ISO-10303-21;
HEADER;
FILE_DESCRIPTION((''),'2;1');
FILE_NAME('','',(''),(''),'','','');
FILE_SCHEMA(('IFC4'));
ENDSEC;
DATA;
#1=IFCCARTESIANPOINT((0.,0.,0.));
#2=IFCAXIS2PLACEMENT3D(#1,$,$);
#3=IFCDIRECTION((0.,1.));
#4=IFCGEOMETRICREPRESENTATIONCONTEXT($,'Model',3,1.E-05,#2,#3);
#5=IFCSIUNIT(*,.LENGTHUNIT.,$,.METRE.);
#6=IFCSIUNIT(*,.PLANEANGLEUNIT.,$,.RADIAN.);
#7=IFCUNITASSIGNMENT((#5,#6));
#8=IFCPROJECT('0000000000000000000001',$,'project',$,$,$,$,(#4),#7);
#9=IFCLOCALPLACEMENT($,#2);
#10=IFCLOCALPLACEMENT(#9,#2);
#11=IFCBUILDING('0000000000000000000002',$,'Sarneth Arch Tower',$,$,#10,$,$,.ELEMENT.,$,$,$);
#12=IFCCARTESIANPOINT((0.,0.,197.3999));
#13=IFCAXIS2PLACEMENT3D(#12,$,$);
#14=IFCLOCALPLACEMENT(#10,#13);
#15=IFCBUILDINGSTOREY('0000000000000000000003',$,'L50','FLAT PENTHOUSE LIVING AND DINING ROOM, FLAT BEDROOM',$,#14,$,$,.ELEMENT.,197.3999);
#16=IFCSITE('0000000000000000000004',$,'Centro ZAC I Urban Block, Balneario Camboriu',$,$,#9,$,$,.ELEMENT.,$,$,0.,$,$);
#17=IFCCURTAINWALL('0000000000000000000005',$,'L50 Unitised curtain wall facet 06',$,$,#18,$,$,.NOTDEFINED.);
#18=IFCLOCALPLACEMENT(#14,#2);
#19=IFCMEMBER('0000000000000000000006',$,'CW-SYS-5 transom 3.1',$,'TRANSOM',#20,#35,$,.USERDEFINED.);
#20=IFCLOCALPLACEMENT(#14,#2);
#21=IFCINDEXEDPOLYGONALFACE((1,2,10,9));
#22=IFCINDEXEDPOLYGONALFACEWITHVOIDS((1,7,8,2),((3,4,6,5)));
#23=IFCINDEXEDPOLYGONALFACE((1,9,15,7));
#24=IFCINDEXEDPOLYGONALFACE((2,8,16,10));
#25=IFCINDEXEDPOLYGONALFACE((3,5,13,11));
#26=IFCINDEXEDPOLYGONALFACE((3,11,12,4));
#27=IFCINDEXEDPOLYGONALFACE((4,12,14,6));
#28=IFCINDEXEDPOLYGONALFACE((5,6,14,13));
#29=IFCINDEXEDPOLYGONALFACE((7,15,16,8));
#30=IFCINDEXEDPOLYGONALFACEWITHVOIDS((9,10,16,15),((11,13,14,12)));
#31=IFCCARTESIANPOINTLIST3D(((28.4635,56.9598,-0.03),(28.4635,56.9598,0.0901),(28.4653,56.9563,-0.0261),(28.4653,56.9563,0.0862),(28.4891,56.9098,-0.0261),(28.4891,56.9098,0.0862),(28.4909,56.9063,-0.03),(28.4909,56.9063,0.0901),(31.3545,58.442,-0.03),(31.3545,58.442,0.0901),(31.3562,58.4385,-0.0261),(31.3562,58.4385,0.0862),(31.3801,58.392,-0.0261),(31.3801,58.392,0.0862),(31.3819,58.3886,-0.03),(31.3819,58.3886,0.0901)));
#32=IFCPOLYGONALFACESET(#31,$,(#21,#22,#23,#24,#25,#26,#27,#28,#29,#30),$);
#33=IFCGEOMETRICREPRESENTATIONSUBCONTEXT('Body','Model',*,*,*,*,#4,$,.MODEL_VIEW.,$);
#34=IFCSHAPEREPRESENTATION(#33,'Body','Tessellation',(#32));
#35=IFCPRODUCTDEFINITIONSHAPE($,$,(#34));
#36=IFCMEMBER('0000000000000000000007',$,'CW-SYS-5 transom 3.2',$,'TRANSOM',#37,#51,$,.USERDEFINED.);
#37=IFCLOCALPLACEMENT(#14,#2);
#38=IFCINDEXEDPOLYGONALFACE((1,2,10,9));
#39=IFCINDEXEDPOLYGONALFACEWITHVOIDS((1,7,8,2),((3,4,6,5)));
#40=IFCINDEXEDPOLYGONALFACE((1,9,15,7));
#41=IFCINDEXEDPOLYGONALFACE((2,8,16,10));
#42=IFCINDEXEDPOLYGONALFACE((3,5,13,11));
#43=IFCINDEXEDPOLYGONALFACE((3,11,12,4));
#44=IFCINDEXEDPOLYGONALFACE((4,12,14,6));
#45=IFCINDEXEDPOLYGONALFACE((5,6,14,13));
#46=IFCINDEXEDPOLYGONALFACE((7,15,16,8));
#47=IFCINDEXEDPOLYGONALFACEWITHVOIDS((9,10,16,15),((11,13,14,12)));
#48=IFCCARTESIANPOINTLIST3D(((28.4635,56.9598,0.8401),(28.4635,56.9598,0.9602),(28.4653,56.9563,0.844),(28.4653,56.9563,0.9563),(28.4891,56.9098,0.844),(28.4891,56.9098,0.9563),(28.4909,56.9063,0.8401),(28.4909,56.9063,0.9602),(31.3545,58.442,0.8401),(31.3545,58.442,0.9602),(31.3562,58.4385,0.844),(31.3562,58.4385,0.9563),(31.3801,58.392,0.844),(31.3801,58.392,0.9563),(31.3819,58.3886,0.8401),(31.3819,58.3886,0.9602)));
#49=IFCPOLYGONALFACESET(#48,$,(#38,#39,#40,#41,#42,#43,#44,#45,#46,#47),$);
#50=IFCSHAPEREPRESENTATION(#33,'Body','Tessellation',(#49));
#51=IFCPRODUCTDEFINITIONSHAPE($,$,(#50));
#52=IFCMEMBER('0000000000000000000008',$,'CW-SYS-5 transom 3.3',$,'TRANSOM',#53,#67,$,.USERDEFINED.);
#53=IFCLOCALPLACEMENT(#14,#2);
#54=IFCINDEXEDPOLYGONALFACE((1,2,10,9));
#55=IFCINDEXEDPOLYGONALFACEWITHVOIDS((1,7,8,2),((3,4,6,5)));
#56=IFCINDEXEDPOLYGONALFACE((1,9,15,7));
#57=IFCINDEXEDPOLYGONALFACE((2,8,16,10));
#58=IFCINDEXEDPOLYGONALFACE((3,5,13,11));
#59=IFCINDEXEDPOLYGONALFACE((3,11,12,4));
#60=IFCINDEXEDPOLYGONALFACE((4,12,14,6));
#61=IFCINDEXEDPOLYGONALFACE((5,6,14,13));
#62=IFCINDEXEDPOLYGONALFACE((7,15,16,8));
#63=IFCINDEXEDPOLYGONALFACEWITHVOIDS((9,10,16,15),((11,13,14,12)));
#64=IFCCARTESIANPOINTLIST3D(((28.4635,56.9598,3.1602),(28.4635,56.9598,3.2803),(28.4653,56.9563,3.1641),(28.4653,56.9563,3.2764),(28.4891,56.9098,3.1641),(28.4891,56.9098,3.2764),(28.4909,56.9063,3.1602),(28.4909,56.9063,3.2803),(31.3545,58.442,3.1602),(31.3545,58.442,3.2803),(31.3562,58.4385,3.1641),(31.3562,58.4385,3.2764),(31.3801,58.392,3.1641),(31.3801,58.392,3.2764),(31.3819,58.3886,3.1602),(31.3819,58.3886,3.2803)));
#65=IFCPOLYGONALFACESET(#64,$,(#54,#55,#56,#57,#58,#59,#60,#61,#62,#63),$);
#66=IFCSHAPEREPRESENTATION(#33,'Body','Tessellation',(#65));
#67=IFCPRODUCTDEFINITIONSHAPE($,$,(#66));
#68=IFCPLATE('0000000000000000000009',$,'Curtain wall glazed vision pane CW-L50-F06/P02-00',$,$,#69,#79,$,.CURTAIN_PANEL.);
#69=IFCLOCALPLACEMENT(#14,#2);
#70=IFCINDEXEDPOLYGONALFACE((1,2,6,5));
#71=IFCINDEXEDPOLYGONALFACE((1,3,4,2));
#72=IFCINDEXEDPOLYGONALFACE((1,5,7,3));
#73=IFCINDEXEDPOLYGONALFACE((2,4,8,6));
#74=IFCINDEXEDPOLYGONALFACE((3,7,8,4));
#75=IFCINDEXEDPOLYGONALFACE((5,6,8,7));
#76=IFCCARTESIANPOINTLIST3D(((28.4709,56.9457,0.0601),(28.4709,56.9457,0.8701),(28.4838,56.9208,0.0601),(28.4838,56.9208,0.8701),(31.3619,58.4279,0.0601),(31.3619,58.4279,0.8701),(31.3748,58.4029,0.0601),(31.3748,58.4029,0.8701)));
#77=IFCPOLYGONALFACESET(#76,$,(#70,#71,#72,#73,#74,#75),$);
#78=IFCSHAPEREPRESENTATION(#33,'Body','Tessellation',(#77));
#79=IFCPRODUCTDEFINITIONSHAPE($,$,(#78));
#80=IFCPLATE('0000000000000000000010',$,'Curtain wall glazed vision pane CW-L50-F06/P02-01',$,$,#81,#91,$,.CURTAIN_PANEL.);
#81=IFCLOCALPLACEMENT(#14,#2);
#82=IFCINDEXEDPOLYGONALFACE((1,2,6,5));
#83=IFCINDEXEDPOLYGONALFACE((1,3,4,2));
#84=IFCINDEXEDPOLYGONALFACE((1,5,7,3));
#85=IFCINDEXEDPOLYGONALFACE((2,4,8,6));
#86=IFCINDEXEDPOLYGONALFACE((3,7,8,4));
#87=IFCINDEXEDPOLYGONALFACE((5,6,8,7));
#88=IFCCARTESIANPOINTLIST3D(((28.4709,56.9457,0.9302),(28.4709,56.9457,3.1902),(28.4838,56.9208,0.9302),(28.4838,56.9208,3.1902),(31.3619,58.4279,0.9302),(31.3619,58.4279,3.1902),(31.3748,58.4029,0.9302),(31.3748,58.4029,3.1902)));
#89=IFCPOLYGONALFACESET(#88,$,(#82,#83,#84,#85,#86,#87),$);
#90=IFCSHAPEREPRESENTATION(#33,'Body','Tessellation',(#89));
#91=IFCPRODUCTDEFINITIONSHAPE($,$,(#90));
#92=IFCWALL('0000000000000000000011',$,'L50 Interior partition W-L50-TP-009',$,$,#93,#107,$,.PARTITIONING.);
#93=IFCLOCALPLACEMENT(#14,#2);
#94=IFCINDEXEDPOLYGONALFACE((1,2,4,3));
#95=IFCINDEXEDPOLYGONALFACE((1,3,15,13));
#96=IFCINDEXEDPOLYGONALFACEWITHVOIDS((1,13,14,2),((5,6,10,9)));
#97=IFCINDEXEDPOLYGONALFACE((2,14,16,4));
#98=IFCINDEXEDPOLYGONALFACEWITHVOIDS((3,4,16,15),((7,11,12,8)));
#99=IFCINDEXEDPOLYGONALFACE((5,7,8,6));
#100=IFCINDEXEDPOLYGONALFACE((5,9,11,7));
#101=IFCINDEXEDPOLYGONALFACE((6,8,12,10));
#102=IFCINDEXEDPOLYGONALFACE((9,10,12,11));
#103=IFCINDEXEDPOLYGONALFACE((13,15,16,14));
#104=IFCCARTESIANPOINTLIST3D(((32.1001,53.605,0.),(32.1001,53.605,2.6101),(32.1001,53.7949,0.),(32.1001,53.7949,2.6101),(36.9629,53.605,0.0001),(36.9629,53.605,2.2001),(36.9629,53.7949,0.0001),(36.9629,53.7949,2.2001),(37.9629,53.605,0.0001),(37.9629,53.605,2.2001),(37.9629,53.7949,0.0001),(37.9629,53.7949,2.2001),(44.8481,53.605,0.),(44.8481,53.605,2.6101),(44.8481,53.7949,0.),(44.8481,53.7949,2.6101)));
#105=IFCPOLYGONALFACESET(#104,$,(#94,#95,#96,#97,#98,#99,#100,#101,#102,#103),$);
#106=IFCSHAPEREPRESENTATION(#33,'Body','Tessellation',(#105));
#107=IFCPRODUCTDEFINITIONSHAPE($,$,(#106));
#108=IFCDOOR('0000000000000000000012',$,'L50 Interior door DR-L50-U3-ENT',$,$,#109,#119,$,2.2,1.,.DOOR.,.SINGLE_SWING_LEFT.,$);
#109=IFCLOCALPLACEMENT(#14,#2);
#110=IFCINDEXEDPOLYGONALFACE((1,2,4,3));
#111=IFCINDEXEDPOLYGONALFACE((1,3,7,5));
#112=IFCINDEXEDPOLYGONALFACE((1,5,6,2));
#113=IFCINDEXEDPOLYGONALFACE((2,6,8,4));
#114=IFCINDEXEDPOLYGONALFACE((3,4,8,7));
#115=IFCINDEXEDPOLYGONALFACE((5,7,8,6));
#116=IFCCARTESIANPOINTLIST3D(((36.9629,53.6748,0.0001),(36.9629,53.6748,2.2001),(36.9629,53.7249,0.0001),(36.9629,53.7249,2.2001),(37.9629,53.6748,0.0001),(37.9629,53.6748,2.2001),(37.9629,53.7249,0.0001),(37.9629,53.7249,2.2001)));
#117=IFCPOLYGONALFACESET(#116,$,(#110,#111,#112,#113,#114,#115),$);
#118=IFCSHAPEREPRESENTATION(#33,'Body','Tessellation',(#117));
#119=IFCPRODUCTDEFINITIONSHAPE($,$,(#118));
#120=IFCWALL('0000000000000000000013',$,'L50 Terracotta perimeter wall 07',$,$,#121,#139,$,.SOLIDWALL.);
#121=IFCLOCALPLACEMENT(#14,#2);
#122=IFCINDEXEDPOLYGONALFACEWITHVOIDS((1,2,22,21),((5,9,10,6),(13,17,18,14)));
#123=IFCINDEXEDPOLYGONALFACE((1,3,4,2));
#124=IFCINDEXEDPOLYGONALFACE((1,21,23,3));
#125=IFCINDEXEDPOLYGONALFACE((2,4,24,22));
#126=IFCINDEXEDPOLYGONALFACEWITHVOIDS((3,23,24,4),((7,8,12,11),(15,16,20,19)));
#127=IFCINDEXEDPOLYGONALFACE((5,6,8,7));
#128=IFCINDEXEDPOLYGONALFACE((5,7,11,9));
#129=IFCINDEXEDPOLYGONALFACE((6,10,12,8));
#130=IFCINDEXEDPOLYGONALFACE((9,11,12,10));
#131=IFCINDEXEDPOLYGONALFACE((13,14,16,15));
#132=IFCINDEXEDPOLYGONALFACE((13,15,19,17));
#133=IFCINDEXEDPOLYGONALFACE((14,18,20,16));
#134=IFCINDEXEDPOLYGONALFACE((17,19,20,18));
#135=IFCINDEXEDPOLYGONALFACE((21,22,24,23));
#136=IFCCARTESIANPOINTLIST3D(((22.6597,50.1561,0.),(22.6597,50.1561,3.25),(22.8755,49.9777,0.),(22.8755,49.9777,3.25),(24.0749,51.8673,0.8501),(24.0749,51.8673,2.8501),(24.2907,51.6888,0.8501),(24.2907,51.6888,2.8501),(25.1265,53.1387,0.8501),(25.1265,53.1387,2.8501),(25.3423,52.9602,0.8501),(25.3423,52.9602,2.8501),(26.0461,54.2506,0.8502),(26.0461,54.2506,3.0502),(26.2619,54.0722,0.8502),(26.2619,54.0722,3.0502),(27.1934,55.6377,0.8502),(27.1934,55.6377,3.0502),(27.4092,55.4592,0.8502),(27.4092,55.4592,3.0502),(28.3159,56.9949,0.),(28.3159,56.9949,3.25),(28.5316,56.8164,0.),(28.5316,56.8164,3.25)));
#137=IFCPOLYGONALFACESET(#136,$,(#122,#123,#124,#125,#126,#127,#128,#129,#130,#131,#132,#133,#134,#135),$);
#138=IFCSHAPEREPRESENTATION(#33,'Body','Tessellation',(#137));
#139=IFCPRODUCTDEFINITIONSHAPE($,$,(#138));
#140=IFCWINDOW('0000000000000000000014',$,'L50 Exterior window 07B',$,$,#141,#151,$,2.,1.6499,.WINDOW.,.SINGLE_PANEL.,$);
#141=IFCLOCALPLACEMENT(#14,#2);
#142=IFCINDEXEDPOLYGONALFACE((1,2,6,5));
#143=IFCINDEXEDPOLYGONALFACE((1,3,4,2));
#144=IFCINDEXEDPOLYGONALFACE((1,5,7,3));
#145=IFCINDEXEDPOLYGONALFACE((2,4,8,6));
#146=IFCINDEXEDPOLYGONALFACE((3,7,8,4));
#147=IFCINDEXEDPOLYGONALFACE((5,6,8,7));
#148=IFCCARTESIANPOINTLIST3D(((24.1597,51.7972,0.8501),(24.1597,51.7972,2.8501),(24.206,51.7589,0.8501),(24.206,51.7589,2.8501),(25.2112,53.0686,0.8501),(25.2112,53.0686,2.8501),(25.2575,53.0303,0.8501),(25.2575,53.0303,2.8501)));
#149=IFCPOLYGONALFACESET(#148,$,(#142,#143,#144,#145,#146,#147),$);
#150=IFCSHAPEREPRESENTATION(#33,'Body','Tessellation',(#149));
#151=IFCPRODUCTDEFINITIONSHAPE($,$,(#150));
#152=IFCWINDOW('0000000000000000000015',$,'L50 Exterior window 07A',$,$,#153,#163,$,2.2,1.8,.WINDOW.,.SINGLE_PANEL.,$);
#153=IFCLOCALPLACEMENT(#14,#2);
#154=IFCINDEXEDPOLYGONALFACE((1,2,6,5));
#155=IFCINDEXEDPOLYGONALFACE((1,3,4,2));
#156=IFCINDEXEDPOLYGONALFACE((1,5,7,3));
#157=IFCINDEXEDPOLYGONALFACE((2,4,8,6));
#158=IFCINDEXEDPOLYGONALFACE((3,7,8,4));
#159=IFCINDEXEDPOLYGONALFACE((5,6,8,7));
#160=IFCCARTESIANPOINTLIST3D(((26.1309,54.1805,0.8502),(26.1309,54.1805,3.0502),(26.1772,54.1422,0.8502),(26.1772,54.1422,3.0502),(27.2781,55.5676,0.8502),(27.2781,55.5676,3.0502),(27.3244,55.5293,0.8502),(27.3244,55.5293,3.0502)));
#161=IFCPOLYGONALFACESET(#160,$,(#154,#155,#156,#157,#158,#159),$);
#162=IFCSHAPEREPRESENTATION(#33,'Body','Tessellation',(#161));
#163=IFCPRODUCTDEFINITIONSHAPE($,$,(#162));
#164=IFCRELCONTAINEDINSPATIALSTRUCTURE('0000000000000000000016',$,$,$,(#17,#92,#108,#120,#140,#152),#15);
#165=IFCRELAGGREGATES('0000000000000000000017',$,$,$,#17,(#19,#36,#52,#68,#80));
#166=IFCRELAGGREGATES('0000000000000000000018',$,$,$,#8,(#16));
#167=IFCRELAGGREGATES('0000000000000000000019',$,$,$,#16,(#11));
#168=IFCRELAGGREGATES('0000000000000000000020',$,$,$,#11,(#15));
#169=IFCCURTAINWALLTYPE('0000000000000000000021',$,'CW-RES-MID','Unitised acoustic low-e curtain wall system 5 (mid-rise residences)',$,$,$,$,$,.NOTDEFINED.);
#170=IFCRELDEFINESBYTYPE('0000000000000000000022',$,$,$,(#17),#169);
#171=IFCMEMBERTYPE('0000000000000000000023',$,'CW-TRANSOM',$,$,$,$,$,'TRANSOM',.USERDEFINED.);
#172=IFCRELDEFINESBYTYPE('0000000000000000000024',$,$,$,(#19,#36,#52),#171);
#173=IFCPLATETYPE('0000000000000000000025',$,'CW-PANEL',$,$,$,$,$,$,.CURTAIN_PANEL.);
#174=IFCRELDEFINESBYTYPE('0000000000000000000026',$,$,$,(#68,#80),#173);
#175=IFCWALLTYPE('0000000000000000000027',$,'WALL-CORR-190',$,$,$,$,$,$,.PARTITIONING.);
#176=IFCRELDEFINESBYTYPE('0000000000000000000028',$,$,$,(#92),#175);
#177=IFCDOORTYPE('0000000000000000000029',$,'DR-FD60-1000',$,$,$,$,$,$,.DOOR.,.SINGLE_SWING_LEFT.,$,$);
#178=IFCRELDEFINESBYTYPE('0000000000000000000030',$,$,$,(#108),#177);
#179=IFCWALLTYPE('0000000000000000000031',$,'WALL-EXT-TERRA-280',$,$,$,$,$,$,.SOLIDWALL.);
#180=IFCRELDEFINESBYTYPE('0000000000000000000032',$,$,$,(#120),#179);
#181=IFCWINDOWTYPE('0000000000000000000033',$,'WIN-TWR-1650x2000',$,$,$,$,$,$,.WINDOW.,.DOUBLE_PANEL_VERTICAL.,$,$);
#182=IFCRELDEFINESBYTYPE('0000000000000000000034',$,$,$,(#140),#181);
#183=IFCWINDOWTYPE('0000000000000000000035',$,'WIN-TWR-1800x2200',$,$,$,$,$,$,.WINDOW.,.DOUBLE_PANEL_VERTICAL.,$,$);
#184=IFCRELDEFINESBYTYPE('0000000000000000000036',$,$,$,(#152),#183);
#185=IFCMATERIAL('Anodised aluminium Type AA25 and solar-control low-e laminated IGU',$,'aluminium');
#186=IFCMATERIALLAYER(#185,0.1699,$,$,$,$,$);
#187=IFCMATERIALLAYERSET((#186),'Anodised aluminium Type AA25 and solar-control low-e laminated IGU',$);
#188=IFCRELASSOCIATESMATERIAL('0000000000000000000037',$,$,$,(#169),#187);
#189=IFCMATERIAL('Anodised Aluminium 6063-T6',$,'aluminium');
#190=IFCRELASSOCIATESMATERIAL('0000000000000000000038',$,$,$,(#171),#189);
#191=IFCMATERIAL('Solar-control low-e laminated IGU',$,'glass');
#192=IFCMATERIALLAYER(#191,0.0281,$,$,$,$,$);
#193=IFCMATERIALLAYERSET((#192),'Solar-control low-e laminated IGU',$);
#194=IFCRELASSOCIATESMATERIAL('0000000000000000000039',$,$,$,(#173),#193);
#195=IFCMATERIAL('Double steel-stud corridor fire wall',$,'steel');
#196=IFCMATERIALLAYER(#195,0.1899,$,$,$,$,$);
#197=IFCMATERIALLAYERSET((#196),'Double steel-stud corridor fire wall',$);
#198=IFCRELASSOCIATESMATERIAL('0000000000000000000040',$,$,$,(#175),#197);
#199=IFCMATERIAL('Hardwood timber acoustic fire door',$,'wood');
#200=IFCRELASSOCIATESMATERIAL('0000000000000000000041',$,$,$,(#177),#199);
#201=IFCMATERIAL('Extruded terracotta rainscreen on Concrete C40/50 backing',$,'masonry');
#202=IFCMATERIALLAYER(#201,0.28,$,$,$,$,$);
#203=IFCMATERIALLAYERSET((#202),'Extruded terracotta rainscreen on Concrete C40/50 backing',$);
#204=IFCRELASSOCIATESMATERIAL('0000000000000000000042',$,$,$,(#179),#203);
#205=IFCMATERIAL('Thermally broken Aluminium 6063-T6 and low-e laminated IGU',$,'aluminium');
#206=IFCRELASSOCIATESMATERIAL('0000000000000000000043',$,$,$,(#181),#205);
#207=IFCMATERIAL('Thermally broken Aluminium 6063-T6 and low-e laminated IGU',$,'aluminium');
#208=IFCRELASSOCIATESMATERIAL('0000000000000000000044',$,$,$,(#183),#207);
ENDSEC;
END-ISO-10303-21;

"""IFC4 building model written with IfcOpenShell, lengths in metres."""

from ifc_helpers import new_model, si_unit, direction, frame, frame_2d, origin, origin_2d, place, context, subcontext, project, spatial, rectangle, hollow_rectangle, extrude, material, layer, layer_set, material_profile, profile_set, type_object, element, fill, aggregate, save


model = new_model("IFC4")

# Units and contexts
model_context = context("Model", 3, precision=1e-05, world=origin(), true_north=direction((0.0, 1.0)))
body_context = subcontext(model_context, "Body", "Model", "MODEL_VIEW")
ifc_project = project(units=[si_unit("LENGTHUNIT", "METRE"), si_unit("PLANEANGLEUNIT", "RADIAN")], contexts=[model_context])

# Site, building, storey
site_placement = place(None, origin())
site = spatial("IfcSite", under=ifc_project, at=site_placement, Name="Centro ZAC I Urban Block, Balneario Camboriu", CompositionType="ELEMENT", RefElevation=0.0)
building_placement = place(site_placement, origin())
building = spatial("IfcBuilding", under=site, at=building_placement, Name="Sarneth Arch Tower", CompositionType="ELEMENT")
storey_placement = place(building_placement, frame((0.0, 0.0, 197.3999)))
storey = spatial("IfcBuildingStorey", under=building, at=storey_placement, Name="L50", Description="FLAT PENTHOUSE LIVING AND DINING ROOM, FLAT BEDROOM", CompositionType="ELEMENT", Elevation=197.3999)

# Curtain wall, members, plates
ifc_material_1 = material(Name="Anodised aluminium Type AA25 and solar-control low-e laminated IGU", Category="aluminium")
ifc_layer_1 = layer(ifc_material_1, 0.1699)
ifc_layer_set_1 = layer_set([ifc_layer_1], Name="Anodised aluminium Type AA25 and solar-control low-e laminated IGU")
curtain_wall_type = type_object("IfcCurtainWallType", Name="CW-RES-MID", Description="Unitised acoustic low-e curtain wall system 5 (mid-rise residences)", PredefinedType="NOTDEFINED", material=ifc_layer_set_1)
curtain_wall_placement = place(storey_placement, origin())
curtain_wall = element("IfcCurtainWall", 1, at=curtain_wall_placement, inside=storey, type_object=curtain_wall_type, Name="L50 Unitised curtain wall facet 06", PredefinedType="NOTDEFINED")
ifc_material_2 = material(Name="Anodised Aluminium 6063-T6", Category="aluminium")
ifc_material_profile_1 = material_profile(ifc_material_2, hollow_rectangle(XDim=0.0601, YDim=0.1201, WallThickness=0.0039, at=origin_2d()), Name="AL-TRAN-120x60x4")
ifc_profile_set_1 = profile_set([ifc_material_profile_1], Name="Anodised Aluminium 6063-T6")
member_type_1 = type_object("IfcMemberType", Name="CW-TRANSOM", ElementType="TRANSOM", PredefinedType="USERDEFINED", material=ifc_profile_set_1)
member_1_placement = place(storey_placement, frame((31.3682, 58.4153, 0.03), z_axis=(-0.889857, -0.456239, 0.0), x_axis=(0.456239, -0.889857, 0.0)))
member_1 = element("IfcMember", 2, at=member_1_placement, type_object=member_type_1, Name="CW-SYS-5 transom 3.1", ObjectType="TRANSOM", PredefinedType="USERDEFINED", context=body_context, shape_type="SweptSolid", body=[
    extrude(hollow_rectangle(XDim=0.0601, YDim=0.1201, WallThickness=0.0039, at=origin_2d()), origin(), (0.0, 0.0, 1.0), 3.2488),
])
member_2_placement = place(storey_placement, frame((31.3682, 58.4153, 0.9001), z_axis=(-0.889857, -0.456239, 0.0), x_axis=(0.456239, -0.889857, 0.0)))
member_2 = element("IfcMember", 3, at=member_2_placement, type_object=member_type_1, Name="CW-SYS-5 transom 3.2", ObjectType="TRANSOM", PredefinedType="USERDEFINED", context=body_context, shape_type="SweptSolid", body=[
    extrude(hollow_rectangle(XDim=0.0601, YDim=0.1201, WallThickness=0.0039, at=origin_2d()), origin(), (0.0, 0.0, 1.0), 3.2488),
])
member_3_placement = place(storey_placement, frame((31.3682, 58.4153, 3.2202), z_axis=(-0.889857, -0.456239, 0.0), x_axis=(0.456239, -0.889857, 0.0)))
member_3 = element("IfcMember", 4, at=member_3_placement, type_object=member_type_1, Name="CW-SYS-5 transom 3.3", ObjectType="TRANSOM", PredefinedType="USERDEFINED", context=body_context, shape_type="SweptSolid", body=[
    extrude(hollow_rectangle(XDim=0.0601, YDim=0.1201, WallThickness=0.0039, at=origin_2d()), origin(), (0.0, 0.0, 1.0), 3.2488),
])
ifc_material_3 = material(Name="Solar-control low-e laminated IGU", Category="glass")
ifc_layer_2 = layer(ifc_material_3, 0.0281)
ifc_layer_set_2 = layer_set([ifc_layer_2], Name="Solar-control low-e laminated IGU")
plate_type = type_object("IfcPlateType", Name="CW-PANEL", PredefinedType="CURTAIN_PANEL", material=ifc_layer_set_2)
plate_1_placement = place(storey_placement, frame((29.9229, 57.6743, 0.0601), z_axis=(0.0, 0.0, 1.0), x_axis=(-0.889873, -0.456208, 0.0)))
plate_1 = element("IfcPlate", 5, at=plate_1_placement, type_object=plate_type, Name="Curtain wall glazed vision pane CW-L50-F06/P02-00", PredefinedType="CURTAIN_PANEL", context=body_context, shape_type="SweptSolid", body=[
    extrude(rectangle(XDim=3.2488, YDim=0.0281, at=origin_2d()), origin(), (0.0, 0.0, 1.0), 0.8101),
])
plate_2_placement = place(storey_placement, frame((29.9229, 57.6743, 0.9302), z_axis=(0.0, 0.0, 1.0), x_axis=(-0.889873, -0.456208, 0.0)))
plate_2 = element("IfcPlate", 6, at=plate_2_placement, type_object=plate_type, Name="Curtain wall glazed vision pane CW-L50-F06/P02-01", PredefinedType="CURTAIN_PANEL", context=body_context, shape_type="SweptSolid", body=[
    extrude(rectangle(XDim=3.2488, YDim=0.0281, at=origin_2d()), origin(), (0.0, 0.0, 1.0), 2.26),
])
aggregate(curtain_wall, [member_1, member_2, member_3, plate_1, plate_2])

# Wall, opening, door
ifc_material_4 = material(Name="Double steel-stud corridor fire wall", Category="steel")
ifc_layer_3 = layer(ifc_material_4, 0.1899)
ifc_layer_set_3 = layer_set([ifc_layer_3], Name="Double steel-stud corridor fire wall")
wall_type_1 = type_object("IfcWallType", Name="WALL-CORR-190", PredefinedType="PARTITIONING", material=ifc_layer_set_3)
wall_1_placement = place(storey_placement, frame((32.1001, 53.7, 0.0), z_axis=(0.0, 0.0, 1.0), x_axis=(1.0, 0.0, 0.0)))
wall_1 = element("IfcWall", 7, at=wall_1_placement, inside=storey, type_object=wall_type_1, Name="L50 Interior partition W-L50-TP-009", PredefinedType="PARTITIONING", context=body_context, shape_type="SweptSolid", body=[
    extrude(rectangle(XDim=12.748, YDim=0.1899, at=frame_2d((6.374, 0.0))), origin(), (0.0, 0.0, 1.0), 2.6101),
])
opening_1_placement = place(wall_1_placement, frame((4.8628, 0.0, 0.0)))
opening_1 = element("IfcOpeningElement", 8, at=opening_1_placement, cuts=wall_1, PredefinedType="OPENING", context=body_context, shape_type="SweptSolid", body=[
    extrude(rectangle(XDim=1.0, YDim=2.2, at=frame_2d((0.5, 1.1001))), frame((0.0, 0.105, 0.0), z_axis=(0.0, -1.0, 0.0), x_axis=(1.0, 0.0, 0.0)), (0.0, 0.0, 1.0), 0.21),
])
ifc_material_5 = material(Name="Hardwood timber acoustic fire door", Category="wood")
door_type_1 = type_object("IfcDoorType", Name="DR-FD60-1000", OperationType="SINGLE_SWING_LEFT", PredefinedType="DOOR", material=ifc_material_5)
door_1_placement = place(opening_1_placement, origin())
door_1 = element("IfcDoor", 9, at=door_1_placement, inside=storey, type_object=door_type_1, Name="L50 Interior door DR-L50-U3-ENT", OperationType="SINGLE_SWING_LEFT", OverallHeight=2.2, OverallWidth=1.0, PredefinedType="DOOR", context=body_context, shape_type="SweptSolid", body=[
    extrude(rectangle(XDim=1.0, YDim=2.2, at=frame_2d((0.5, 1.1001))), frame((0.0, 0.0249, 0.0), z_axis=(0.0, -1.0, 0.0), x_axis=(1.0, 0.0, 0.0)), (0.0, 0.0, 1.0), 0.05),
])
fill(opening_1, door_1)

# Wall, openings, windows
ifc_material_6 = material(Name="Extruded terracotta rainscreen on Concrete C40/50 backing", Category="masonry")
ifc_layer_4 = layer(ifc_material_6, 0.28)
ifc_layer_set_4 = layer_set([ifc_layer_4], Name="Extruded terracotta rainscreen on Concrete C40/50 backing")
wall_type_2 = type_object("IfcWallType", Name="WALL-EXT-TERRA-280", PredefinedType="SOLIDWALL", material=ifc_layer_set_4)
wall_2_placement = place(storey_placement, frame((28.4238, 56.9058, 0.0), z_axis=(0.0, 0.0, 1.0), x_axis=(-0.637333, -0.770588, 0.0)))
wall_2 = element("IfcWall", 10, at=wall_2_placement, inside=storey, type_object=wall_type_2, Name="L50 Terracotta perimeter wall 07", PredefinedType="SOLIDWALL", context=body_context, shape_type="SweptSolid", body=[
    extrude(rectangle(XDim=8.8748, YDim=0.28, at=frame_2d((4.4375, 0.0))), origin(), (0.0, 0.0, 1.0), 3.25),
])
opening_2_placement = place(wall_2_placement, frame((1.7615, 0.0, 0.8501)))
opening_2 = element("IfcOpeningElement", 11, at=opening_2_placement, cuts=wall_2, PredefinedType="OPENING", context=body_context, shape_type="SweptSolid", body=[
    extrude(rectangle(XDim=1.8, YDim=2.2, at=frame_2d((0.8999, 1.1001))), frame((0.0, 0.1499, 0.0), z_axis=(0.0, -1.0, 0.0), x_axis=(1.0, 0.0, 0.0)), (0.0, 0.0, 1.0), 0.3),
])
opening_3_placement = place(wall_2_placement, frame((5.0044, 0.0, 0.8501)))
opening_3 = element("IfcOpeningElement", 12, at=opening_3_placement, cuts=wall_2, PredefinedType="OPENING", context=body_context, shape_type="SweptSolid", body=[
    extrude(rectangle(XDim=1.6499, YDim=2.0, at=frame_2d((0.825, 1.0))), frame((0.0, 0.1499, 0.0), z_axis=(0.0, -1.0, 0.0), x_axis=(1.0, 0.0, 0.0)), (0.0, 0.0, 1.0), 0.3),
])
ifc_material_7 = material(Name="Thermally broken Aluminium 6063-T6 and low-e laminated IGU", Category="aluminium")
window_type_1 = type_object("IfcWindowType", Name="WIN-TWR-1650x2000", PartitioningType="DOUBLE_PANEL_VERTICAL", PredefinedType="WINDOW", material=ifc_material_7)
window_1_placement = place(opening_3_placement, origin())
window_1 = element("IfcWindow", 13, at=window_1_placement, inside=storey, type_object=window_type_1, Name="L50 Exterior window 07B", OverallHeight=2.0, OverallWidth=1.6499, PartitioningType="SINGLE_PANEL", PredefinedType="WINDOW", context=body_context, shape_type="SweptSolid", body=[
    extrude(rectangle(XDim=1.6499, YDim=2.0, at=frame_2d((0.825, 1.0))), frame((0.0, 0.03, 0.0), z_axis=(0.0, -1.0, 0.0), x_axis=(1.0, 0.0, 0.0)), (0.0, 0.0, 1.0), 0.0601),
])
fill(opening_3, window_1)
ifc_material_8 = material(Name="Thermally broken Aluminium 6063-T6 and low-e laminated IGU", Category="aluminium")
window_type_2 = type_object("IfcWindowType", Name="WIN-TWR-1800x2200", PartitioningType="DOUBLE_PANEL_VERTICAL", PredefinedType="WINDOW", material=ifc_material_8)
window_2_placement = place(opening_2_placement, origin())
window_2 = element("IfcWindow", 14, at=window_2_placement, inside=storey, type_object=window_type_2, Name="L50 Exterior window 07A", OverallHeight=2.2, OverallWidth=1.8, PartitioningType="SINGLE_PANEL", PredefinedType="WINDOW", context=body_context, shape_type="SweptSolid", body=[
    extrude(rectangle(XDim=1.8, YDim=2.2, at=frame_2d((0.8999, 1.1001))), frame((0.0, 0.03, 0.0), z_axis=(0.0, -1.0, 0.0), x_axis=(1.0, 0.0, 0.0)), (0.0, 0.0, 1.0), 0.0601),
])
fill(opening_2, window_2)

save(model, "model.ifc")
